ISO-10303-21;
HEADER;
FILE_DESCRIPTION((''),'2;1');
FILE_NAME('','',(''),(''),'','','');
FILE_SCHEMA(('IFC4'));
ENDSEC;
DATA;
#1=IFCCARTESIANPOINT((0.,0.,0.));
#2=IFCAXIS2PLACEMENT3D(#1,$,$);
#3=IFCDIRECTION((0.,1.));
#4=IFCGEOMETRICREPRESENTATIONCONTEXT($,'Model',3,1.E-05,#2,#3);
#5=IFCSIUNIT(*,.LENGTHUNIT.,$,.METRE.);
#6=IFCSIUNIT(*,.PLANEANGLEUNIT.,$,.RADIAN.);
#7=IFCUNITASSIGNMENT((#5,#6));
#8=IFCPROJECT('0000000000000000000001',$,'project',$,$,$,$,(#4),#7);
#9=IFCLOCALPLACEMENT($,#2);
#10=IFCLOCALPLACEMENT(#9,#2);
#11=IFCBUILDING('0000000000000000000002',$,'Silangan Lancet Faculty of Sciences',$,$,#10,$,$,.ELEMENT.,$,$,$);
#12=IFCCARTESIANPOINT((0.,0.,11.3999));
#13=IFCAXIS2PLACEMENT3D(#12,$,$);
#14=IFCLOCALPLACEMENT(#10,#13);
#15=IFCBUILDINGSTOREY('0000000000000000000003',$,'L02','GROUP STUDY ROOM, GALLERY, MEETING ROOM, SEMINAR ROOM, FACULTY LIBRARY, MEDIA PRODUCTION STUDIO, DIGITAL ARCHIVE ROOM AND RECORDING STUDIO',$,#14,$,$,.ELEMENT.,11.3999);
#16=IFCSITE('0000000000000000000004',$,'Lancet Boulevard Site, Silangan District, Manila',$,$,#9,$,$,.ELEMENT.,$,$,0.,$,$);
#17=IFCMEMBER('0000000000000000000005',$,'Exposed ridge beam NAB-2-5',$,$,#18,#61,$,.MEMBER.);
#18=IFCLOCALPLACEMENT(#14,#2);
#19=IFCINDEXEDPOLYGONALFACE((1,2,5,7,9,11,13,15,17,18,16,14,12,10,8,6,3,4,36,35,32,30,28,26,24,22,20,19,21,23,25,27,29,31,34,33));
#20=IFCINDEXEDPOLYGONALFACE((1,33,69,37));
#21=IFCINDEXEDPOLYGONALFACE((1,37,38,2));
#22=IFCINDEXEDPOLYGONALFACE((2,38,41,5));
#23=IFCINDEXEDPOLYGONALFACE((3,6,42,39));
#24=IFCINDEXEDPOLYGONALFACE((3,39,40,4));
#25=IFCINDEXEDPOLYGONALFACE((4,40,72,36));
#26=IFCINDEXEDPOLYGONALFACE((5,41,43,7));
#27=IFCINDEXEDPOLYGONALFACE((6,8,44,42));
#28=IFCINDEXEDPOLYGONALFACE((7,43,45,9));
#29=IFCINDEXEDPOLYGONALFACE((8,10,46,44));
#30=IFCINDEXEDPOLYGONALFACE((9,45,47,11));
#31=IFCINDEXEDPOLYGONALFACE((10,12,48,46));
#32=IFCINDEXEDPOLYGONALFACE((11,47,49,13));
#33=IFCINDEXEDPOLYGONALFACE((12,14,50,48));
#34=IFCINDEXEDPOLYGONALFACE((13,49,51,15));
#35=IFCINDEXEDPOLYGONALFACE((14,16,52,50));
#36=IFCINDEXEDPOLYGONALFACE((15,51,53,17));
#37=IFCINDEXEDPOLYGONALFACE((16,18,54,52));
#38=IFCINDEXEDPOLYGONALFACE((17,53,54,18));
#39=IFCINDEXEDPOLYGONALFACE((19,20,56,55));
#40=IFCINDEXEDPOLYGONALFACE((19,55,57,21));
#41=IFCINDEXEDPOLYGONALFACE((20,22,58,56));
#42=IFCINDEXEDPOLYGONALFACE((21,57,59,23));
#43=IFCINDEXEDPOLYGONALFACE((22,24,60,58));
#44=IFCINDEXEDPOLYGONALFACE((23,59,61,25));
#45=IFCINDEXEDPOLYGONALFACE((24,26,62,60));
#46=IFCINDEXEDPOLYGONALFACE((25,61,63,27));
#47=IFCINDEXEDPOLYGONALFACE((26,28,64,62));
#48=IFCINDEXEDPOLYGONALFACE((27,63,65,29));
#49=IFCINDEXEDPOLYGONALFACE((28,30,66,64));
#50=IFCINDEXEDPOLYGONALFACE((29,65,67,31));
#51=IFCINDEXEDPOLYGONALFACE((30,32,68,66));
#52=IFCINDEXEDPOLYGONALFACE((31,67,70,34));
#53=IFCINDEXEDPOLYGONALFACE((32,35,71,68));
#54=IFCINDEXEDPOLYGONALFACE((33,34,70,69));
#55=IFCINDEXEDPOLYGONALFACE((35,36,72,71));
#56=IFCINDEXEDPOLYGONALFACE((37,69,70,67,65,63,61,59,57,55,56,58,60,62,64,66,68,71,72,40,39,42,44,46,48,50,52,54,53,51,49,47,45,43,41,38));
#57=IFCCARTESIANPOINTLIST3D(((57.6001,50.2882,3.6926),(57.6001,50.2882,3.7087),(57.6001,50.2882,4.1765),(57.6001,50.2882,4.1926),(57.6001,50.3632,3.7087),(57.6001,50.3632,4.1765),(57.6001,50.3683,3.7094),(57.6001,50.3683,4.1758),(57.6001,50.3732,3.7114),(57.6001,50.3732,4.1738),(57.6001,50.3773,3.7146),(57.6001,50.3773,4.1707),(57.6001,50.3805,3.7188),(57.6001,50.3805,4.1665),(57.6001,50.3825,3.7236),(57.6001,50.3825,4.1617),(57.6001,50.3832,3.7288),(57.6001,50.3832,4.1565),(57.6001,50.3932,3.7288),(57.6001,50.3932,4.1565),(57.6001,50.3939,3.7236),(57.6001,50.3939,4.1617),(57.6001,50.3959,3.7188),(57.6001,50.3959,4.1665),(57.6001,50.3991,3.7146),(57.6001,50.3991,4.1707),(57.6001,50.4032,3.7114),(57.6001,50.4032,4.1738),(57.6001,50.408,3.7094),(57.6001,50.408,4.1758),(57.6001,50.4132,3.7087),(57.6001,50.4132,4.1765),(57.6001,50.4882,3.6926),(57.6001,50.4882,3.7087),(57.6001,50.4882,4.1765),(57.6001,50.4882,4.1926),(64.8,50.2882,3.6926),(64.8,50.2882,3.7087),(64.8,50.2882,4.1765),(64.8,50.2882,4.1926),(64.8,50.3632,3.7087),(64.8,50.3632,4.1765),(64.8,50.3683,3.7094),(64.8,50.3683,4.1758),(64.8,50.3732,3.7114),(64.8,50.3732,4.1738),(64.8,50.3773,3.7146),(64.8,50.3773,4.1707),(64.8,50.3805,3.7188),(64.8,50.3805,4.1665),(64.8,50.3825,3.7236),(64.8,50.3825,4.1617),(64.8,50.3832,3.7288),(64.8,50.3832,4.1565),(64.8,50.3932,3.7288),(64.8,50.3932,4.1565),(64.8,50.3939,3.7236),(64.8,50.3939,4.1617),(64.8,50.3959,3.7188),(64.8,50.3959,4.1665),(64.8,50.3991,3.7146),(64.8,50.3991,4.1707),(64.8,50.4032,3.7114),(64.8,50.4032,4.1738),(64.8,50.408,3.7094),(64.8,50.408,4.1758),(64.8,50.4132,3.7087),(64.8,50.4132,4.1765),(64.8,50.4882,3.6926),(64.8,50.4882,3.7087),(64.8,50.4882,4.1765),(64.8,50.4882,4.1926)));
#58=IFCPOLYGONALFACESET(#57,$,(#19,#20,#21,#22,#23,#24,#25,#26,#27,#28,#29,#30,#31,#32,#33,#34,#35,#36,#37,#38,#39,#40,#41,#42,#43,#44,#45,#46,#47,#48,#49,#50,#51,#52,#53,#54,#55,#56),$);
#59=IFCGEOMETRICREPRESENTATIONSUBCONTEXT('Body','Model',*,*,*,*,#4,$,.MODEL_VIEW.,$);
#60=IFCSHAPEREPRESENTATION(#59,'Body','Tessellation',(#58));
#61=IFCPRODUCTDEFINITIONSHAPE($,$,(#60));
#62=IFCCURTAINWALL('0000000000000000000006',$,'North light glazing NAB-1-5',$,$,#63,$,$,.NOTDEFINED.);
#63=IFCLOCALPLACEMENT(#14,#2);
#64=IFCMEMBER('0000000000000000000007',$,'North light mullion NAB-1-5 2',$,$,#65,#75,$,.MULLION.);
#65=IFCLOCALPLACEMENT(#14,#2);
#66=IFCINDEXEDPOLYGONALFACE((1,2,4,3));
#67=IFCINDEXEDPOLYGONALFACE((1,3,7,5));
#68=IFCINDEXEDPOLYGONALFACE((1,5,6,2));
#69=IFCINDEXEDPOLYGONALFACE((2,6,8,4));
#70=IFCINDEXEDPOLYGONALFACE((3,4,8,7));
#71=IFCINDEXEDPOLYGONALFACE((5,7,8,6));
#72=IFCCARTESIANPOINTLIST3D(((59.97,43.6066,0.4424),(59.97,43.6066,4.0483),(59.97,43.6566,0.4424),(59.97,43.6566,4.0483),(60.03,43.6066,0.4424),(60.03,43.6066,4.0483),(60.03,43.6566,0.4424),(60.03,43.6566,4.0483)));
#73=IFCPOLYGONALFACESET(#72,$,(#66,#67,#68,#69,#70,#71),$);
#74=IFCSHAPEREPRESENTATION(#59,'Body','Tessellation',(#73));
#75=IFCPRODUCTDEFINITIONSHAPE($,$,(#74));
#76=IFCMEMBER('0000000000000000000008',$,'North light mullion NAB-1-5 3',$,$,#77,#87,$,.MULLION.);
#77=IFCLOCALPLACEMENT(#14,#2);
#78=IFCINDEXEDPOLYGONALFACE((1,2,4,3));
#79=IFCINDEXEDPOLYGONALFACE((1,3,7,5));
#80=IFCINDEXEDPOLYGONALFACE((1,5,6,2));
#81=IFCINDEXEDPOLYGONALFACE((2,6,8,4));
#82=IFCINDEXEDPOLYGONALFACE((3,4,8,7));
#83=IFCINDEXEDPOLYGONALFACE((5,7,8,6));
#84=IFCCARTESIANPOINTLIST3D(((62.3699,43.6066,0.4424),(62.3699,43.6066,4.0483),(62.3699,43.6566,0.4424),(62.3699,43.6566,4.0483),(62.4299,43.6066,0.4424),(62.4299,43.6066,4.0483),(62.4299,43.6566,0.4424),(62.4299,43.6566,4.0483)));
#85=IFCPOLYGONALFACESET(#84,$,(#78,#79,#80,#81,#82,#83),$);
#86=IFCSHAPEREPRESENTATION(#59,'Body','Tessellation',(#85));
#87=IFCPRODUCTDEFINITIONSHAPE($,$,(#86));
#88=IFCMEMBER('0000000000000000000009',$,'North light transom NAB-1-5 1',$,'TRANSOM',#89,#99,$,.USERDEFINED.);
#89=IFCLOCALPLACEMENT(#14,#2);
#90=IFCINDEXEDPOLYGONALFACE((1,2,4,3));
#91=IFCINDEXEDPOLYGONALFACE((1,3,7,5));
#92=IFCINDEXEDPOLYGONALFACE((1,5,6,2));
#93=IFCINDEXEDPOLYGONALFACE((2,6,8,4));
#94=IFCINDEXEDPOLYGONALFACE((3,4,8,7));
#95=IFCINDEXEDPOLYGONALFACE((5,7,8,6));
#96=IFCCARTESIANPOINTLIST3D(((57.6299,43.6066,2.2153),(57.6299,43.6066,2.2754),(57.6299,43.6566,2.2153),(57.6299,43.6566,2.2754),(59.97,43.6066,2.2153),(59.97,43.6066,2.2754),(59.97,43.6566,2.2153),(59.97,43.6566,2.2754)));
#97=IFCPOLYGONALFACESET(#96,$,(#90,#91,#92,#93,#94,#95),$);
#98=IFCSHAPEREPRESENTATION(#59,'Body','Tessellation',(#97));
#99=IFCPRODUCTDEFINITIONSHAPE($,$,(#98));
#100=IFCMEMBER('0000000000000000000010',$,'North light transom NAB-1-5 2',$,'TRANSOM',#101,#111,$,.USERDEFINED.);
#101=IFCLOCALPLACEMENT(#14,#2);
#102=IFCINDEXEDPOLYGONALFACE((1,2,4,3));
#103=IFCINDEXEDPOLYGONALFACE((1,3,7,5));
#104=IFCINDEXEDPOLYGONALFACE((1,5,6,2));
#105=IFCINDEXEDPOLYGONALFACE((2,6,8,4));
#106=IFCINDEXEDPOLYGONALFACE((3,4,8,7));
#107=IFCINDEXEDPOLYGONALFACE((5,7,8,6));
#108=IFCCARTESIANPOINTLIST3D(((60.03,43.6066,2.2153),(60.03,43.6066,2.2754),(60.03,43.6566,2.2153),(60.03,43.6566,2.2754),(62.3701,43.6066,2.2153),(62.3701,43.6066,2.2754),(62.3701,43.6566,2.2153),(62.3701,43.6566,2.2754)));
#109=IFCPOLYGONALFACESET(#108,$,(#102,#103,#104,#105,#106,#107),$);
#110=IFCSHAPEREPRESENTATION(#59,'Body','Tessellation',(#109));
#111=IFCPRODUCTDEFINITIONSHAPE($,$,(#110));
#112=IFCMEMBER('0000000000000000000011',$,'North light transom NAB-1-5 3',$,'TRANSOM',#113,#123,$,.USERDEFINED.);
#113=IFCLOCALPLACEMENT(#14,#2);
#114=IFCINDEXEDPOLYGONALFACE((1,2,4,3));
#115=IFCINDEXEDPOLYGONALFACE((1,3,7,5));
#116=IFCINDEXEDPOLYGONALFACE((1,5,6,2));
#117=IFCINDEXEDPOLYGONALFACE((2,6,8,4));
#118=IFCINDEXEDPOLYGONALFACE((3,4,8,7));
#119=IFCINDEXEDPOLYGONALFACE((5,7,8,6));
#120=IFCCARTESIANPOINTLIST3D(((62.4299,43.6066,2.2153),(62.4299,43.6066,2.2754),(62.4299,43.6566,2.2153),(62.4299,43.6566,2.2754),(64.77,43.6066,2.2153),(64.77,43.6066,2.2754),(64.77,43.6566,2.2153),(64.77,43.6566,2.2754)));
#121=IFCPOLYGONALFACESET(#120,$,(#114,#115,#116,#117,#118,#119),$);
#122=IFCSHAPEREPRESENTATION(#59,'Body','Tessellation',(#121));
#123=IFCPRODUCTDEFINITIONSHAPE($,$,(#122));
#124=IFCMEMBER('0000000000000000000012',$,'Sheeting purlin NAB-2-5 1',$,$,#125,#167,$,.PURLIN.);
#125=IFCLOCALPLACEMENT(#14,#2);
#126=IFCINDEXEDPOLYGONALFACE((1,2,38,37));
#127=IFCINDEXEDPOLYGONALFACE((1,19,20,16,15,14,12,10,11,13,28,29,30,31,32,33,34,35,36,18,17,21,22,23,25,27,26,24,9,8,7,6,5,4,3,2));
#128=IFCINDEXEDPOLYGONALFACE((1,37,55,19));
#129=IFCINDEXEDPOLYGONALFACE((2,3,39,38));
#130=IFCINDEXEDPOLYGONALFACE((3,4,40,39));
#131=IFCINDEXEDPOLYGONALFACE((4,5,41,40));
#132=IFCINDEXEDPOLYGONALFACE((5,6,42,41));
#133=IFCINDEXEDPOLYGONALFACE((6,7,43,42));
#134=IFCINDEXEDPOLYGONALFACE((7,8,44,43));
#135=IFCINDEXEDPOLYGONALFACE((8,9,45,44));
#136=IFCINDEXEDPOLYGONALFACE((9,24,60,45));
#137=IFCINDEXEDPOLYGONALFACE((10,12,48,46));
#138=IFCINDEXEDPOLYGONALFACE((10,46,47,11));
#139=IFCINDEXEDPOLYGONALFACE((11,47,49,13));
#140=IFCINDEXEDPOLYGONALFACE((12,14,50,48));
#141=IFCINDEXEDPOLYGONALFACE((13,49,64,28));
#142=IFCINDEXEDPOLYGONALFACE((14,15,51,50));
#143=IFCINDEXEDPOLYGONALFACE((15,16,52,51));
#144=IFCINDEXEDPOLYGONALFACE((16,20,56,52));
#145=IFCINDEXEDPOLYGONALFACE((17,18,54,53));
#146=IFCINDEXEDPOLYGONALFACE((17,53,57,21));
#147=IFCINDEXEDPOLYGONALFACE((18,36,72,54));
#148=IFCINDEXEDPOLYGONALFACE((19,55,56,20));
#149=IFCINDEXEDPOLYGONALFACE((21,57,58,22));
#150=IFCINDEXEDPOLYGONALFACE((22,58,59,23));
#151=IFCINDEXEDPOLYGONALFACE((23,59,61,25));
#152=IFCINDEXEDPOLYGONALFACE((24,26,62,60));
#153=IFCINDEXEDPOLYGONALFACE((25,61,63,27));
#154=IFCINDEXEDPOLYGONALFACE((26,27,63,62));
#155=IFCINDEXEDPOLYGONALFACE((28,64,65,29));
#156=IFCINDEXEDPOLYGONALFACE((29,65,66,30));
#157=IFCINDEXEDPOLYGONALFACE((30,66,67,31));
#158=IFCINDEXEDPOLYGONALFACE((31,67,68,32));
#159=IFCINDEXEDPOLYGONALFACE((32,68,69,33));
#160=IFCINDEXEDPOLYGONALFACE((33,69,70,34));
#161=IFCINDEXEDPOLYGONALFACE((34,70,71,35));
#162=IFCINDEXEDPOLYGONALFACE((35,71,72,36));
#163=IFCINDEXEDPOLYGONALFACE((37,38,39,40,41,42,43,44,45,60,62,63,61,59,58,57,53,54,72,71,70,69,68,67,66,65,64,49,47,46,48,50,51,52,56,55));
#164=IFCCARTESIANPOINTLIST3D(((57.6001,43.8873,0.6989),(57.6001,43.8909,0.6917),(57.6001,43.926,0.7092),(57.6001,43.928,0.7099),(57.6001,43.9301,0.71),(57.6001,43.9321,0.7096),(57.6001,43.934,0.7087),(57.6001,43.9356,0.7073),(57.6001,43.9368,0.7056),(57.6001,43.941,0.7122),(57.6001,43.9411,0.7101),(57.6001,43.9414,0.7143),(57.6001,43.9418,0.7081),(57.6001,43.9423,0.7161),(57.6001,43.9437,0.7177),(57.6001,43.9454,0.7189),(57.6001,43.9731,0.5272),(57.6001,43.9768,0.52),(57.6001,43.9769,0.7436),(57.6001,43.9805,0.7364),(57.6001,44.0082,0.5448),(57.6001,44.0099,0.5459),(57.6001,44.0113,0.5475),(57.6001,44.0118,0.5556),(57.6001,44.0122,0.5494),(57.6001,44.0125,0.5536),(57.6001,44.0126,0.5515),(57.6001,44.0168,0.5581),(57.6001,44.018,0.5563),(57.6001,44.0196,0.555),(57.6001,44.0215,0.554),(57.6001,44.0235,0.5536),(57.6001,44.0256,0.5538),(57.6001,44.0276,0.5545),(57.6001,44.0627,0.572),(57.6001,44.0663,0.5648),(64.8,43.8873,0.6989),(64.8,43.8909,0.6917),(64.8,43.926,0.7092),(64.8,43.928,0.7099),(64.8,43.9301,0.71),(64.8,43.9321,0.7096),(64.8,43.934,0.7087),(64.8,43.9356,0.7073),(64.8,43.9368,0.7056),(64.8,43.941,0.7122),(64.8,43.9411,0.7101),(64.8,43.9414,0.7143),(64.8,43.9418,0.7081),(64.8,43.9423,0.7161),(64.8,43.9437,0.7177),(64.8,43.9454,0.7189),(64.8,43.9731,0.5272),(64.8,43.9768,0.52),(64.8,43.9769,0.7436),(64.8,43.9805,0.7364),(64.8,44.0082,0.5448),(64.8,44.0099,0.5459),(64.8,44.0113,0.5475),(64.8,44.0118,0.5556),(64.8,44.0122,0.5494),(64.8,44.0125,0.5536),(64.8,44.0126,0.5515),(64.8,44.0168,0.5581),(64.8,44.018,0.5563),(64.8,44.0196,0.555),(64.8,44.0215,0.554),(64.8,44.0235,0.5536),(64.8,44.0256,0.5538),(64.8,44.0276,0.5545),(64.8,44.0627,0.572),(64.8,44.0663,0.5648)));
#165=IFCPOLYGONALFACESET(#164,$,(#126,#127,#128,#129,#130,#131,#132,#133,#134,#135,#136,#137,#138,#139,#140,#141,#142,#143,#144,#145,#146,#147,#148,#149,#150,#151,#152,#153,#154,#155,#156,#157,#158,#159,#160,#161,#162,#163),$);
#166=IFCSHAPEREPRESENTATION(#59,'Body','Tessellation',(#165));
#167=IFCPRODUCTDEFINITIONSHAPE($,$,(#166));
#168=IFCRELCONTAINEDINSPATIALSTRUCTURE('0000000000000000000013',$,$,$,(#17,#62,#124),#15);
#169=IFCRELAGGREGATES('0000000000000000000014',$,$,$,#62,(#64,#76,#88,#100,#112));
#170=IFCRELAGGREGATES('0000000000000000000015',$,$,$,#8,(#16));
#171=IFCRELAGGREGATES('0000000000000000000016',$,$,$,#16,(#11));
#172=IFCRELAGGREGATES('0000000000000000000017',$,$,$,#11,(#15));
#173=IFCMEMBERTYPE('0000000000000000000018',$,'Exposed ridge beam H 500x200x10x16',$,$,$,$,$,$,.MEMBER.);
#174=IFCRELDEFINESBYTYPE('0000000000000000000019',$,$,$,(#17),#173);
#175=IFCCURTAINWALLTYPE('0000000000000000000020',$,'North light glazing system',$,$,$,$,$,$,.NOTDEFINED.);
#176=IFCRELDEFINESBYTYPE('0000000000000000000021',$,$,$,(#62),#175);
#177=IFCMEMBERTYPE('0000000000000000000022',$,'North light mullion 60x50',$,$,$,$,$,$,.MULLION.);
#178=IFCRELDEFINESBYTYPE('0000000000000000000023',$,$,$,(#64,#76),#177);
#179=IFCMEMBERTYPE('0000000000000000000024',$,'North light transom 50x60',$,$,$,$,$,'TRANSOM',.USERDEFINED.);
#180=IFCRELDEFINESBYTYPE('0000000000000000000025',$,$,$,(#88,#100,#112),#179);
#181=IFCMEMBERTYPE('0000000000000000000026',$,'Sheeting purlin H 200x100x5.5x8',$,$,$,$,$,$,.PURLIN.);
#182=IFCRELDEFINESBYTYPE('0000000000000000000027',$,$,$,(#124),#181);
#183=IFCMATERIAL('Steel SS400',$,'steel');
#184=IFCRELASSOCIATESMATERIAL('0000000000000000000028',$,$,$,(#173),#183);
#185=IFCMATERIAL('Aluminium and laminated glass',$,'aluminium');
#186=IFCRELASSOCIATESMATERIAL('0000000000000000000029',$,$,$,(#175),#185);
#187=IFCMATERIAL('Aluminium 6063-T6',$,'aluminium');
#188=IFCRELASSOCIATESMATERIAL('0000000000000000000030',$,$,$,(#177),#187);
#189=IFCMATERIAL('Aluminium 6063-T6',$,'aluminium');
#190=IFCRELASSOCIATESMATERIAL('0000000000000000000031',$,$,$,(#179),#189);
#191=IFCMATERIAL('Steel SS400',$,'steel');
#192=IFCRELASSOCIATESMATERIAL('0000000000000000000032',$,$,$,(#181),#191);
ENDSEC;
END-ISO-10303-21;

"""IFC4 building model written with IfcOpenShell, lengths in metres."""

from ifc_helpers import new_model, si_unit, direction, frame, origin, origin_2d, place, context, subcontext, project, spatial, rectangle, i_section, extrude, material, material_profile, profile_set, type_object, element, aggregate, save


model = new_model("IFC4")

# Units and contexts
model_context = context("Model", 3, precision=1e-05, world=origin(), true_north=direction((0.0, 1.0)))
body_context = subcontext(model_context, "Body", "Model", "MODEL_VIEW")
ifc_project = project(units=[si_unit("LENGTHUNIT", "METRE"), si_unit("PLANEANGLEUNIT", "RADIAN")], contexts=[model_context])

# Site, building, storey
site_placement = place(None, origin())
site = spatial("IfcSite", under=ifc_project, at=site_placement, Name="Lancet Boulevard Site, Silangan District, Manila", CompositionType="ELEMENT", RefElevation=0.0)
building_placement = place(site_placement, origin())
building = spatial("IfcBuilding", under=site, at=building_placement, Name="Silangan Lancet Faculty of Sciences", CompositionType="ELEMENT")
storey_placement = place(building_placement, frame((0.0, 0.0, 11.3999)))
storey = spatial("IfcBuildingStorey", under=building, at=storey_placement, Name="L02", Description="GROUP STUDY ROOM, GALLERY, MEETING ROOM, SEMINAR ROOM, FACULTY LIBRARY, MEDIA PRODUCTION STUDIO, DIGITAL ARCHIVE ROOM AND RECORDING STUDIO", CompositionType="ELEMENT", Elevation=11.3999)

# Member
ifc_material_1 = material(Name="Steel SS400", Category="steel")
ifc_material_profile_1 = material_profile(ifc_material_1, i_section(OverallWidth=0.2, OverallDepth=0.5, WebThickness=0.01, FlangeThickness=0.0161, FilletRadius=0.02, at=origin_2d()), Name="H 500x200x10x16")
ifc_profile_set_1 = profile_set([ifc_material_profile_1], Name="Steel SS400")
member_type_1 = type_object("IfcMemberType", Name="Exposed ridge beam H 500x200x10x16", PredefinedType="MEMBER", material=ifc_profile_set_1)
member_1_placement = place(storey_placement, frame((57.6001, 50.3882, 3.9426), z_axis=(1.0, 0.0, 0.0), x_axis=(0.0, 1.0, 0.0)))
element("IfcMember", 1, at=member_1_placement, inside=storey, type_object=member_type_1, Name="Exposed ridge beam NAB-2-5", PredefinedType="MEMBER", context=body_context, shape_type="SweptSolid", body=[
    extrude(i_section(OverallWidth=0.2, OverallDepth=0.5, WebThickness=0.01, FlangeThickness=0.0161, FilletRadius=0.02, at=origin_2d()), origin(), (0.0, 0.0, 1.0), 7.2),
])

# Curtain wall, members
ifc_material_2 = material(Name="Aluminium and laminated glass", Category="aluminium")
curtain_wall_type = type_object("IfcCurtainWallType", Name="North light glazing system", PredefinedType="NOTDEFINED", material=ifc_material_2)
curtain_wall_1_placement = place(storey_placement, origin())
curtain_wall_1 = element("IfcCurtainWall", 2, at=curtain_wall_1_placement, inside=storey, type_object=curtain_wall_type, Name="North light glazing NAB-1-5", PredefinedType="NOTDEFINED")
ifc_material_3 = material(Name="Aluminium 6063-T6", Category="aluminium")
ifc_material_profile_2 = material_profile(ifc_material_3, rectangle(XDim=0.0601, YDim=0.05, at=origin_2d()), Name="AL 60x50")
ifc_profile_set_2 = profile_set([ifc_material_profile_2], Name="Aluminium 6063-T6")
member_type_2 = type_object("IfcMemberType", Name="North light mullion 60x50", PredefinedType="MULLION", material=ifc_profile_set_2)
member_2_placement = place(storey_placement, frame((60.0, 43.6316, 0.4424), z_axis=(0.0, 0.0, 1.0), x_axis=(1.0, 0.0, 0.0)))
member_2 = element("IfcMember", 3, at=member_2_placement, type_object=member_type_2, Name="North light mullion NAB-1-5 2", PredefinedType="MULLION", context=body_context, shape_type="SweptSolid", body=[
    extrude(rectangle(XDim=0.0601, YDim=0.05, at=origin_2d()), origin(), (0.0, 0.0, 1.0), 3.606),
])
member_3_placement = place(storey_placement, frame((62.3999, 43.6316, 0.4424), z_axis=(0.0, 0.0, 1.0), x_axis=(1.0, 0.0, 0.0)))
member_3 = element("IfcMember", 4, at=member_3_placement, type_object=member_type_2, Name="North light mullion NAB-1-5 3", PredefinedType="MULLION", context=body_context, shape_type="SweptSolid", body=[
    extrude(rectangle(XDim=0.0601, YDim=0.05, at=origin_2d()), origin(), (0.0, 0.0, 1.0), 3.606),
])
ifc_material_4 = material(Name="Aluminium 6063-T6", Category="aluminium")
ifc_material_profile_3 = material_profile(ifc_material_4, rectangle(XDim=0.05, YDim=0.0601, at=origin_2d()), Name="AL 50x60")
ifc_profile_set_3 = profile_set([ifc_material_profile_3], Name="Aluminium 6063-T6")
member_type_3 = type_object("IfcMemberType", Name="North light transom 50x60", ElementType="TRANSOM", PredefinedType="USERDEFINED", material=ifc_profile_set_3)
member_4_placement = place(storey_placement, frame((57.6299, 43.6316, 2.2454), z_axis=(1.0, 0.0, 0.0), x_axis=(0.0, 1.0, 0.0)))
member_4 = element("IfcMember", 5, at=member_4_placement, type_object=member_type_3, Name="North light transom NAB-1-5 1", ObjectType="TRANSOM", PredefinedType="USERDEFINED", context=body_context, shape_type="SweptSolid", body=[
    extrude(rectangle(XDim=0.05, YDim=0.0601, at=origin_2d()), origin(), (0.0, 0.0, 1.0), 2.3401),
])
member_5_placement = place(storey_placement, frame((60.03, 43.6316, 2.2454), z_axis=(1.0, 0.0, 0.0), x_axis=(0.0, 1.0, 0.0)))
member_5 = element("IfcMember", 6, at=member_5_placement, type_object=member_type_3, Name="North light transom NAB-1-5 2", ObjectType="TRANSOM", PredefinedType="USERDEFINED", context=body_context, shape_type="SweptSolid", body=[
    extrude(rectangle(XDim=0.05, YDim=0.0601, at=origin_2d()), origin(), (0.0, 0.0, 1.0), 2.3401),
])
member_6_placement = place(storey_placement, frame((62.4299, 43.6316, 2.2454), z_axis=(1.0, 0.0, 0.0), x_axis=(0.0, 1.0, 0.0)))
member_6 = element("IfcMember", 7, at=member_6_placement, type_object=member_type_3, Name="North light transom NAB-1-5 3", ObjectType="TRANSOM", PredefinedType="USERDEFINED", context=body_context, shape_type="SweptSolid", body=[
    extrude(rectangle(XDim=0.05, YDim=0.0601, at=origin_2d()), origin(), (0.0, 0.0, 1.0), 2.3401),
])

# Member
ifc_material_5 = material(Name="Steel SS400", Category="steel")
ifc_material_profile_4 = material_profile(ifc_material_5, i_section(OverallWidth=0.1001, OverallDepth=0.2, WebThickness=0.0056, FlangeThickness=0.0081, FilletRadius=0.0081, at=origin_2d()), Name="H 200x100x5.5x8")
ifc_profile_set_4 = profile_set([ifc_material_profile_4], Name="Steel SS400")
member_type_4 = type_object("IfcMemberType", Name="Sheeting purlin H 200x100x5.5x8", PredefinedType="PURLIN", material=ifc_profile_set_4)
for number, where, z_axis, x_axis, name in (
    (8, (57.6001, 43.9768, 0.6318), (1.0, 0.0, 0.0), (0.0, 0.894427, 0.447214), "Sheeting purlin NAB-2-5 1"),
):
    element("IfcMember", number, at=place(storey_placement, frame(where, z_axis=z_axis, x_axis=x_axis)), inside=storey, type_object=member_type_4, Name=name, PredefinedType="PURLIN", context=body_context, shape_type="SweptSolid", body=[
        extrude(i_section(OverallWidth=0.1001, OverallDepth=0.2, WebThickness=0.0056, FlangeThickness=0.0081, FilletRadius=0.0081, at=origin_2d()), origin(), (0.0, 0.0, 1.0), 7.2),
    ])

aggregate(curtain_wall_1, [member_2, member_3, member_4, member_5, member_6])

save(model, "model.ifc")
